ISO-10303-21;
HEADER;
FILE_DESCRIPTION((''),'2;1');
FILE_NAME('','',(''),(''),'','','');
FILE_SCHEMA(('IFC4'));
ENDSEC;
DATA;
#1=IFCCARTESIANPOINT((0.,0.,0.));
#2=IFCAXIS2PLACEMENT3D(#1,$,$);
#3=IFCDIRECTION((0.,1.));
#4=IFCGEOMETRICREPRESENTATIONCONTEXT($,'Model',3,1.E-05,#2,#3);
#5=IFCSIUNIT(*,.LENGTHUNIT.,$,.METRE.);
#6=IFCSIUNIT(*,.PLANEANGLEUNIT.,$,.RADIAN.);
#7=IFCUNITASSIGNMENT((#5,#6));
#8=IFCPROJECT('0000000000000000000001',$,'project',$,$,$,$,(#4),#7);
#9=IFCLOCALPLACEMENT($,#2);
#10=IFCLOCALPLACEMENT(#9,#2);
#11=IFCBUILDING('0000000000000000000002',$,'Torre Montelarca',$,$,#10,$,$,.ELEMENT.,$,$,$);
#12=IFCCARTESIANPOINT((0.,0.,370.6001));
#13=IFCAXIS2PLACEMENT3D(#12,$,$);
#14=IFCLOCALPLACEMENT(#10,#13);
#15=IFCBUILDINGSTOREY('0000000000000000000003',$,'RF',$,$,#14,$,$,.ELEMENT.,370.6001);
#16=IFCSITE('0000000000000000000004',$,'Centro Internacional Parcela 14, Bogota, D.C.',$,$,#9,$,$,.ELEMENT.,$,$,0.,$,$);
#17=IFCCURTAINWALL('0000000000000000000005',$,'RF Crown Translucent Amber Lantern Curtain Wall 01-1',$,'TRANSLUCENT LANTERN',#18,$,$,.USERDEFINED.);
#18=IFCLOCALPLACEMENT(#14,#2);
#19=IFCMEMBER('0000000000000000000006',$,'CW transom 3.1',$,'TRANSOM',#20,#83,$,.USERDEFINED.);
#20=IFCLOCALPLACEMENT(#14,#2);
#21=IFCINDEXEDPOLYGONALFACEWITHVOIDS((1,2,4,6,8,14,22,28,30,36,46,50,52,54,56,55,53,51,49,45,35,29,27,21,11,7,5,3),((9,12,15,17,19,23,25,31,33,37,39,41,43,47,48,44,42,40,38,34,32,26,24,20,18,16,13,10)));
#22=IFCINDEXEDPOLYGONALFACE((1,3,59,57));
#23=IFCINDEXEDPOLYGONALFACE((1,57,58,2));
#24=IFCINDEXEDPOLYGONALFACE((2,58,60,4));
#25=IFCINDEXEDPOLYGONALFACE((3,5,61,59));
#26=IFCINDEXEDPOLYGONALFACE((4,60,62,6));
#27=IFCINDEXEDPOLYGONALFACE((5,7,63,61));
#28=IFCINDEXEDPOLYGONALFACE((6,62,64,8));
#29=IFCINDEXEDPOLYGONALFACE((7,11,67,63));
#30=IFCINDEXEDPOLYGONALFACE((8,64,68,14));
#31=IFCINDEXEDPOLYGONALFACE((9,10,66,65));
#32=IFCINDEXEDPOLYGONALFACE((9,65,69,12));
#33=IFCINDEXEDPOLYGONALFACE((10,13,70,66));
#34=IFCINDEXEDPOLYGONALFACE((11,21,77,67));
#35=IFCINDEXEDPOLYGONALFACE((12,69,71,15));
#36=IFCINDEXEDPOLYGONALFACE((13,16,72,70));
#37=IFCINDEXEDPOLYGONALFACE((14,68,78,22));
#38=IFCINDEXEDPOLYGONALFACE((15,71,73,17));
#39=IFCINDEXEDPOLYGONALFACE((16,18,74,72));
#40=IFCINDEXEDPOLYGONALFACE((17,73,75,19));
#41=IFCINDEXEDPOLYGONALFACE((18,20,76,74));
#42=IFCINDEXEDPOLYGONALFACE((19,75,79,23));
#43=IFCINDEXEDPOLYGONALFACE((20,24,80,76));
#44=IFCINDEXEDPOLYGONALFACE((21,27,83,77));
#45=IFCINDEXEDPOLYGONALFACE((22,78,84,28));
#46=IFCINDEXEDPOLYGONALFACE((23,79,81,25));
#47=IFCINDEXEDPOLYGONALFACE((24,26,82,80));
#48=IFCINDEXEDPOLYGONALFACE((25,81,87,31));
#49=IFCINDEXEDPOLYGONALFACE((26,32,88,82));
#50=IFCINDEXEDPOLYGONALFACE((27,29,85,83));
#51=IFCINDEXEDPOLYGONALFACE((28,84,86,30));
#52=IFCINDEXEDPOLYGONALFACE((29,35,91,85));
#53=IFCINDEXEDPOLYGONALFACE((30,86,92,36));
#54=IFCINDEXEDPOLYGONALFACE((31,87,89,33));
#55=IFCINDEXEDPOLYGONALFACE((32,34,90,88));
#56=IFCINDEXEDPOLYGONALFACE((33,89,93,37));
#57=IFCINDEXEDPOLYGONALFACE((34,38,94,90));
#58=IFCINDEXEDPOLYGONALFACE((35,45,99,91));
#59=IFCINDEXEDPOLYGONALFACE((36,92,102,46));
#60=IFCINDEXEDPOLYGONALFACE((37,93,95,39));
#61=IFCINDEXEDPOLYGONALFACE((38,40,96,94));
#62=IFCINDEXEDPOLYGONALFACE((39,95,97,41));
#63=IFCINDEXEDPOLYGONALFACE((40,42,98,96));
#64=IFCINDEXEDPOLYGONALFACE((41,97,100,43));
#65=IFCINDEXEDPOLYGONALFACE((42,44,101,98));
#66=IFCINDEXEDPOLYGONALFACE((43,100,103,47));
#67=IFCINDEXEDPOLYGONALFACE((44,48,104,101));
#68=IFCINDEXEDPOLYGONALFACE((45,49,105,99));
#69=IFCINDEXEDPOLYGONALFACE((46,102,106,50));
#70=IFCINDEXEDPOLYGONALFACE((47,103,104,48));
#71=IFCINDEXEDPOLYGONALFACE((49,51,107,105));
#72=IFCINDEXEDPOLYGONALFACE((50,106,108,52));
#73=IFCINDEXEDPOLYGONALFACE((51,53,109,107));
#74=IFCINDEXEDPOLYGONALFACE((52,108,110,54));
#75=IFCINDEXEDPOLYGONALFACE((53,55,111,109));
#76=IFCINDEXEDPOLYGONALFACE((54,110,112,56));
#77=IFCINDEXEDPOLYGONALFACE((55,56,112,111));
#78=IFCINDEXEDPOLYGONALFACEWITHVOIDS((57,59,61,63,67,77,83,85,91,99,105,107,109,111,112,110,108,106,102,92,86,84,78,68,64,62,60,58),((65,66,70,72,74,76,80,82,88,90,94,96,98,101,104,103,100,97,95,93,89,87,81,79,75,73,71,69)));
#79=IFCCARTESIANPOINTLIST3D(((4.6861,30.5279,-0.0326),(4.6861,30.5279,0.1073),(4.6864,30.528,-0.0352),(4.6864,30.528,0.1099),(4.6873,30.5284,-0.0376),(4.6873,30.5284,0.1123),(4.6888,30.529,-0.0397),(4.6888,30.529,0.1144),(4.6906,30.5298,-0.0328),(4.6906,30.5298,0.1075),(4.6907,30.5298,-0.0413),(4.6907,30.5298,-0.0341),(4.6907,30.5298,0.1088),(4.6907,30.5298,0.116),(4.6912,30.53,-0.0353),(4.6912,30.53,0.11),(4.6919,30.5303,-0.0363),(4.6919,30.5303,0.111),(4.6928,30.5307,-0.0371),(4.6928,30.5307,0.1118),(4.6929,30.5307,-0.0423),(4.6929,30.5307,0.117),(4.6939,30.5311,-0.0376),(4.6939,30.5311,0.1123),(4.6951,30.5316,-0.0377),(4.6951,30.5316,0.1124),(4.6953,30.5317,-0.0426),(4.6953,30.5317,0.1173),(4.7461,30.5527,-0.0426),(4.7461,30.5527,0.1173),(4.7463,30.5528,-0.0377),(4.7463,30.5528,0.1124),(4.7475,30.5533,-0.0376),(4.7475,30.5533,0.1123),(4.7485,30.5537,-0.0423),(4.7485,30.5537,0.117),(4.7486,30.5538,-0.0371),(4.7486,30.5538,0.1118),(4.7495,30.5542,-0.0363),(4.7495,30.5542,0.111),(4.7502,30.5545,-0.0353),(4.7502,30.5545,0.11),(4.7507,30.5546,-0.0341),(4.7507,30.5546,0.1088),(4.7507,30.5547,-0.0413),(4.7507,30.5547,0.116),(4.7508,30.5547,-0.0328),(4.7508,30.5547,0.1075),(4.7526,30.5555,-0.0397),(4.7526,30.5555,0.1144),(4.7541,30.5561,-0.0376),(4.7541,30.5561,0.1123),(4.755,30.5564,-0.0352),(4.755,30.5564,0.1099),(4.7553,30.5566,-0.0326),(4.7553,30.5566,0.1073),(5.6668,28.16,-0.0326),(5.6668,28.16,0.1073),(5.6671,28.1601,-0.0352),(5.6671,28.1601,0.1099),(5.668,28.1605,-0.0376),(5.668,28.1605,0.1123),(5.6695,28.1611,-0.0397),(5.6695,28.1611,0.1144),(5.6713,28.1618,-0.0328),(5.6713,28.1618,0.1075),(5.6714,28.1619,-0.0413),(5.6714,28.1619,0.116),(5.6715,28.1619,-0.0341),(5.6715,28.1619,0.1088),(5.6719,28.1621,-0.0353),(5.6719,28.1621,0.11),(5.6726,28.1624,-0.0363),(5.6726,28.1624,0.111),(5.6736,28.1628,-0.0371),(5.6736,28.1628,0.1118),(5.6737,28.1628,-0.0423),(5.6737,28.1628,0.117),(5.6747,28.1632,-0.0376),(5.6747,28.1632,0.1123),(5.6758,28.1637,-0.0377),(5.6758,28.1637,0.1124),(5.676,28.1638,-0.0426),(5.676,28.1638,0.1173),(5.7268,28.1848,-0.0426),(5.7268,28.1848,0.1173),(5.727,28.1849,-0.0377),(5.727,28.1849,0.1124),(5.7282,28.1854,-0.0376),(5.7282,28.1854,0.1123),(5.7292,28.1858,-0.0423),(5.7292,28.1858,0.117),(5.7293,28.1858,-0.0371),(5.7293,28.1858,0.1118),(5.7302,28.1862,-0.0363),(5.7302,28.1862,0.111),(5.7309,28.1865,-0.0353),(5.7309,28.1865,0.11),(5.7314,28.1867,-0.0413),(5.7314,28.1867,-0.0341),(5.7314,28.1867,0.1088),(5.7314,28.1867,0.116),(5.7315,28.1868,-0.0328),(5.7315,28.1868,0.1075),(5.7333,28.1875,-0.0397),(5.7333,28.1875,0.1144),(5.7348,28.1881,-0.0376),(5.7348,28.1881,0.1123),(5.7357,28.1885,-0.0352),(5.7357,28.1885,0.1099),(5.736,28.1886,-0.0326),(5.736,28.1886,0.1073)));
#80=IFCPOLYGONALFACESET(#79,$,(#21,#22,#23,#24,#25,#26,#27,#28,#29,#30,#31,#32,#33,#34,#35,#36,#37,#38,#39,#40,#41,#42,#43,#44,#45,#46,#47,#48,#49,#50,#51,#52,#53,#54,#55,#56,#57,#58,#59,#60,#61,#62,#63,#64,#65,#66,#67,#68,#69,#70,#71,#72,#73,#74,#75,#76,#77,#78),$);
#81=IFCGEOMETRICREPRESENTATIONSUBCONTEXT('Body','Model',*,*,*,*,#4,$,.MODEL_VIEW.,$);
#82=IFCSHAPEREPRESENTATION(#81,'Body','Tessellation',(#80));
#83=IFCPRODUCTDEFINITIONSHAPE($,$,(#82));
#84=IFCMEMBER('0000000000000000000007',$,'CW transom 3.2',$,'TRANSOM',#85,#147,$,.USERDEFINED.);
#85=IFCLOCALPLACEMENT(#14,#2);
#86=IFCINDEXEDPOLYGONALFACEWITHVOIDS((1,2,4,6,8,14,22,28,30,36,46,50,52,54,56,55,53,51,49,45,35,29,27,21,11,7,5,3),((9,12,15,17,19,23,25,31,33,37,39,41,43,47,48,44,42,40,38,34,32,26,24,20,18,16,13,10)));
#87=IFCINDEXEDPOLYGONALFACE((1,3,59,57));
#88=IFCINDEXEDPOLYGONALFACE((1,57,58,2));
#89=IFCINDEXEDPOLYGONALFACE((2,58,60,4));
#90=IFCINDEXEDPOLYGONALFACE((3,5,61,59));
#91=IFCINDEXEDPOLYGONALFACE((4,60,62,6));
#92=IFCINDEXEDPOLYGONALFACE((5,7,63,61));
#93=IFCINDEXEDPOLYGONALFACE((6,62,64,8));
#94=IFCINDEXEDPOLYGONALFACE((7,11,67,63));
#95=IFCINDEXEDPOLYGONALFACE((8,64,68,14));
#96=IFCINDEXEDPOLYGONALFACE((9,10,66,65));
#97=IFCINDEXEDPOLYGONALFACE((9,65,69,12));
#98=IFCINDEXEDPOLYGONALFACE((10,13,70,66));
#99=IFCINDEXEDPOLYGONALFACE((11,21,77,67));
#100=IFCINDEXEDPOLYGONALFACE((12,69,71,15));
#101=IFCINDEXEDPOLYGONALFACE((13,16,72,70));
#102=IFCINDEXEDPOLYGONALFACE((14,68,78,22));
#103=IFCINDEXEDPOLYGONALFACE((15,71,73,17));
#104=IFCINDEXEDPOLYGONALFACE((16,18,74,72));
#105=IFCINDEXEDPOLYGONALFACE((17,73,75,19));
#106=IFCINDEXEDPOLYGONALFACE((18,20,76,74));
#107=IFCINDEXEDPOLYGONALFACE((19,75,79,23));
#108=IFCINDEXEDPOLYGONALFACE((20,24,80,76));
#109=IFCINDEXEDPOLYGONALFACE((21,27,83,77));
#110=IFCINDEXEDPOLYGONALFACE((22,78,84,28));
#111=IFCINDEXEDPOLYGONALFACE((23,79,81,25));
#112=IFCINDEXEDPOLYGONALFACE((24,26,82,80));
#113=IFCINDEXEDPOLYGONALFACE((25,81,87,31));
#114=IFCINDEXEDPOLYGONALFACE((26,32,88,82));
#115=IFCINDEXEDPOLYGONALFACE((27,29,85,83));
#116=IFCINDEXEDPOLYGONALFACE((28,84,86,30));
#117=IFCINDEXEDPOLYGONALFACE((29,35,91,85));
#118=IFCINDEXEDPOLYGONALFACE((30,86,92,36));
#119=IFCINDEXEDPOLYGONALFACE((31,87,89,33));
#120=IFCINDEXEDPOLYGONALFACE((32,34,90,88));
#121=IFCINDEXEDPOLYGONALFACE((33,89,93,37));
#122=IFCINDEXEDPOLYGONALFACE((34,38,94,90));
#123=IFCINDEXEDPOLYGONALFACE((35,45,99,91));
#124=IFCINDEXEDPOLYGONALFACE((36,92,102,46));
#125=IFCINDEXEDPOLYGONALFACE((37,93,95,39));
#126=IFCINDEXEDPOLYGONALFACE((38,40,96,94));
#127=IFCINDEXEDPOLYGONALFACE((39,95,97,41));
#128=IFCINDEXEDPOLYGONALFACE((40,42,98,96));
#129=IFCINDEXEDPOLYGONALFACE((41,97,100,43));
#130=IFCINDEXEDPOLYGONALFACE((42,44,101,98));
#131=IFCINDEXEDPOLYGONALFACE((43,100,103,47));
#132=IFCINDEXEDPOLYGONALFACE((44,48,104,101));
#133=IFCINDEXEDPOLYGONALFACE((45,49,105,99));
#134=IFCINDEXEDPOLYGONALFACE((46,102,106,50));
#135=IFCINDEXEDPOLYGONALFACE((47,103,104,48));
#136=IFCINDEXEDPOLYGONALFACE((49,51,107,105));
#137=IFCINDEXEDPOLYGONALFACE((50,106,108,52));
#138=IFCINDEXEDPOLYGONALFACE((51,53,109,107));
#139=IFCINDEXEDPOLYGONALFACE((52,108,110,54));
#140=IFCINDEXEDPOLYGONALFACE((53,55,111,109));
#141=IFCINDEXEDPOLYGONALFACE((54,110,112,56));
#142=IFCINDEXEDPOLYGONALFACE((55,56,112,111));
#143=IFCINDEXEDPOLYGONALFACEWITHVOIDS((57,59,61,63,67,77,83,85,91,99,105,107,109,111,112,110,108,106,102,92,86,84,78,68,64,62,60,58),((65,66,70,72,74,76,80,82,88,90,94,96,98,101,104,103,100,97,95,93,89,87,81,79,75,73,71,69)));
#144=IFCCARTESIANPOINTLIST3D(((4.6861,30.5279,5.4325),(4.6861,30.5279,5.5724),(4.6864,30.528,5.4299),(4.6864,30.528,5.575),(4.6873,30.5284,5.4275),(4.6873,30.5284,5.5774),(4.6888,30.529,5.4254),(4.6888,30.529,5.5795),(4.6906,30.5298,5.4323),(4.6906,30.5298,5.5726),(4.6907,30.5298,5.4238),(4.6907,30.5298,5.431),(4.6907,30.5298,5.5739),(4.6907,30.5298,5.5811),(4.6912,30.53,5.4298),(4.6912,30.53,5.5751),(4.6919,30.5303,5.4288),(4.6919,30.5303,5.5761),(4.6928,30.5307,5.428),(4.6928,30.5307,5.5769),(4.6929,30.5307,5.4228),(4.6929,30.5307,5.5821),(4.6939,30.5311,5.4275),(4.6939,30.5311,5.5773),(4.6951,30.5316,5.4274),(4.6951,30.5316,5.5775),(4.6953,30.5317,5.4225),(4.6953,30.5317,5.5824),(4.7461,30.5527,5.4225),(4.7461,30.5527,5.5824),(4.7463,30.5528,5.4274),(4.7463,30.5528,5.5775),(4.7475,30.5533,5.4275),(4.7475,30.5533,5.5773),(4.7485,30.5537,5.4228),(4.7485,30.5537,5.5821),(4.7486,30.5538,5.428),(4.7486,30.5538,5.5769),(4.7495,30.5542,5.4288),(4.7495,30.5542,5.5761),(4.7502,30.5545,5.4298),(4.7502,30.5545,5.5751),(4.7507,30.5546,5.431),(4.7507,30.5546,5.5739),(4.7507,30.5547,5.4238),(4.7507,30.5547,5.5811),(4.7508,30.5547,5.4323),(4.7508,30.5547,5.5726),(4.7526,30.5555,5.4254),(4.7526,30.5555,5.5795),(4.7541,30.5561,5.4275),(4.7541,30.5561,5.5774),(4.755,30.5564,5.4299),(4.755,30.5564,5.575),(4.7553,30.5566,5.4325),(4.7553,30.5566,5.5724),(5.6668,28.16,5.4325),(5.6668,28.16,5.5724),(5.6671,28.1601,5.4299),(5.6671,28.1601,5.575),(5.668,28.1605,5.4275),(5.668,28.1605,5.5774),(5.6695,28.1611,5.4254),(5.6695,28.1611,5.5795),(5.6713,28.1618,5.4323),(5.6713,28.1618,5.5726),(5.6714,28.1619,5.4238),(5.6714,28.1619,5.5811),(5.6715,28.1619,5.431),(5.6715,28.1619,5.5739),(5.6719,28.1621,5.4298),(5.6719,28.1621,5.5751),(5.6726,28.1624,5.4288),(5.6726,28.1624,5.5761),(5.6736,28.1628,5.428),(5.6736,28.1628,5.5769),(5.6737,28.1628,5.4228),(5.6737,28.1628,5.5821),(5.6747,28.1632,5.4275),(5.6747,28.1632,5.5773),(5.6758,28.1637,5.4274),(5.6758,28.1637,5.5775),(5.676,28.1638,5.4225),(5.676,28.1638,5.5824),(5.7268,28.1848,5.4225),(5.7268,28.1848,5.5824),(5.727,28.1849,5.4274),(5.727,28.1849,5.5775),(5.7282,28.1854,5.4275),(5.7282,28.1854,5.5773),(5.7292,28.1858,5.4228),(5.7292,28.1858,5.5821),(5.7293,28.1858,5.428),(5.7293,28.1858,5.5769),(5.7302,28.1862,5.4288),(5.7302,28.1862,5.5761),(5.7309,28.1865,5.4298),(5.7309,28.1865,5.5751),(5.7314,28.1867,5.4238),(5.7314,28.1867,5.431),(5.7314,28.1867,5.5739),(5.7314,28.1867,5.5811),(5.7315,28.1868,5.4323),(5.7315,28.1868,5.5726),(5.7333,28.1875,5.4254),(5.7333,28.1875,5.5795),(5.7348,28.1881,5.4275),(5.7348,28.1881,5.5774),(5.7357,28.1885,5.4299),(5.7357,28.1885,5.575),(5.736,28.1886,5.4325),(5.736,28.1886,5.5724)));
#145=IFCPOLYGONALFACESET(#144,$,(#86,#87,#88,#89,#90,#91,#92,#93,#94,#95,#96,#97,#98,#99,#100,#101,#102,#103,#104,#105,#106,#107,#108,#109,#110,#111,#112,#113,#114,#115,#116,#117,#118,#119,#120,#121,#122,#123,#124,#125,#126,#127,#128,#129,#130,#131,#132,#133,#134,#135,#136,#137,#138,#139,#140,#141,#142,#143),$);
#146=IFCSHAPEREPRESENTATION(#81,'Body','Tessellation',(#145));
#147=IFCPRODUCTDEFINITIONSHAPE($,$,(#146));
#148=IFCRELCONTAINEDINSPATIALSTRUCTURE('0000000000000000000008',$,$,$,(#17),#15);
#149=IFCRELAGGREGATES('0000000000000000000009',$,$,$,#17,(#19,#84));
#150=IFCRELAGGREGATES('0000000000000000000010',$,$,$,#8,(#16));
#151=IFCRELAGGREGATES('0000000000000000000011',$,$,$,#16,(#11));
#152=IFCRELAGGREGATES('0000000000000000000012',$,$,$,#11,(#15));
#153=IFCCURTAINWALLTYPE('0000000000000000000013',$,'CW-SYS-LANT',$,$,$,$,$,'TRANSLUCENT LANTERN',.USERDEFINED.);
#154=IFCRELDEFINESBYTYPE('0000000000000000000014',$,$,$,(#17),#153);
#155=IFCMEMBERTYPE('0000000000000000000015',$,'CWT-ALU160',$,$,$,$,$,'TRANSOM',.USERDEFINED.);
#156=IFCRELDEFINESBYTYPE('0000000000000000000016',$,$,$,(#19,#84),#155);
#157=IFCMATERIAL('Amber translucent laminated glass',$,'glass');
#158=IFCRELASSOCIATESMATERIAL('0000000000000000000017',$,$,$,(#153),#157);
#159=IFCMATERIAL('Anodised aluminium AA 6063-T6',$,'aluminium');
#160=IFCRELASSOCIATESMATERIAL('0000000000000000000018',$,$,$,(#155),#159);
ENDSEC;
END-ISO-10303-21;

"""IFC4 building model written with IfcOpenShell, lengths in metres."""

from ifc_helpers import new_model, si_unit, direction, frame, origin, origin_2d, place, context, subcontext, project, spatial, hollow_rectangle, extrude, source, transform, mapped, material, material_profile, profile_set, type_object, element, aggregate, save


model = new_model("IFC4")

# Units and contexts
model_context = context("Model", 3, precision=1e-05, world=origin(), true_north=direction((0.0, 1.0)))
body_context = subcontext(model_context, "Body", "Model", "MODEL_VIEW")
ifc_project = project(units=[si_unit("LENGTHUNIT", "METRE"), si_unit("PLANEANGLEUNIT", "RADIAN")], contexts=[model_context])

# Site, building, storey
site_placement = place(None, origin())
site = spatial("IfcSite", under=ifc_project, at=site_placement, Name="Centro Internacional Parcela 14, Bogota, D.C.", CompositionType="ELEMENT", RefElevation=0.0)
building_placement = place(site_placement, origin())
building = spatial("IfcBuilding", under=site, at=building_placement, Name="Torre Montelarca", CompositionType="ELEMENT")
storey_placement = place(building_placement, frame((0.0, 0.0, 370.6001)))
storey = spatial("IfcBuildingStorey", under=building, at=storey_placement, Name="RF", CompositionType="ELEMENT", Elevation=370.6001)

# Curtain wall, members
ifc_material_1 = material(Name="Amber translucent laminated glass", Category="glass")
curtain_wall_type = type_object("IfcCurtainWallType", Name="CW-SYS-LANT", ElementType="TRANSLUCENT LANTERN", PredefinedType="USERDEFINED", material=ifc_material_1)
curtain_wall_placement = place(storey_placement, origin())
curtain_wall = element("IfcCurtainWall", 1, at=curtain_wall_placement, inside=storey, type_object=curtain_wall_type, Name="RF Crown Translucent Amber Lantern Curtain Wall 01-1", ObjectType="TRANSLUCENT LANTERN", PredefinedType="USERDEFINED")
ifc_material_2 = material(Name="Anodised aluminium AA 6063-T6", Category="aluminium")
ifc_material_profile_1 = material_profile(ifc_material_2, hollow_rectangle(XDim=0.075, YDim=0.1599, WallThickness=0.0049, InnerFilletRadius=0.0049, OuterFilletRadius=0.01, at=origin_2d()), Name="ALU75X160X5", Category="aluminium")
ifc_profile_set_1 = profile_set([ifc_material_profile_1], Name="Anodised aluminium AA 6063-T6")
member_type_1 = type_object("IfcMemberType", Name="CWT-ALU160", ElementType="TRANSOM", PredefinedType="USERDEFINED", material=ifc_profile_set_1)
shared_shape_1 = source(origin(), body_context, "Body", "SweptSolid", [
    extrude(hollow_rectangle(XDim=0.075, YDim=0.1599, WallThickness=0.0049, InnerFilletRadius=0.0049, OuterFilletRadius=0.01, at=origin_2d()), origin(), (0.0, 0.0, 1.0), 2.563),
])
member_1_placement = place(storey_placement, frame((4.7207, 30.5422, 0.0374), z_axis=(0.382646, -0.923895, 0.0), x_axis=(0.923895, 0.382646, 0.0)))
member_1 = element("IfcMember", 2, at=member_1_placement, type_object=member_type_1, Name="CW transom 3.1", ObjectType="TRANSOM", PredefinedType="USERDEFINED", context=body_context, shape_type="MappedRepresentation", body=[
    mapped(shared_shape_1, transform((0.0, 0.0, 0.0), scale=1.0)),
])
member_2_placement = place(storey_placement, frame((4.7207, 30.5422, 5.5024), z_axis=(0.382646, -0.923895, 0.0), x_axis=(0.923895, 0.382646, 0.0)))
member_2 = element("IfcMember", 3, at=member_2_placement, type_object=member_type_1, Name="CW transom 3.2", ObjectType="TRANSOM", PredefinedType="USERDEFINED", context=body_context, shape_type="MappedRepresentation", body=[
    mapped(shared_shape_1, transform((0.0, 0.0, 0.0), scale=1.0)),
])

aggregate(curtain_wall, [member_1, member_2])

save(model, "model.ifc")
